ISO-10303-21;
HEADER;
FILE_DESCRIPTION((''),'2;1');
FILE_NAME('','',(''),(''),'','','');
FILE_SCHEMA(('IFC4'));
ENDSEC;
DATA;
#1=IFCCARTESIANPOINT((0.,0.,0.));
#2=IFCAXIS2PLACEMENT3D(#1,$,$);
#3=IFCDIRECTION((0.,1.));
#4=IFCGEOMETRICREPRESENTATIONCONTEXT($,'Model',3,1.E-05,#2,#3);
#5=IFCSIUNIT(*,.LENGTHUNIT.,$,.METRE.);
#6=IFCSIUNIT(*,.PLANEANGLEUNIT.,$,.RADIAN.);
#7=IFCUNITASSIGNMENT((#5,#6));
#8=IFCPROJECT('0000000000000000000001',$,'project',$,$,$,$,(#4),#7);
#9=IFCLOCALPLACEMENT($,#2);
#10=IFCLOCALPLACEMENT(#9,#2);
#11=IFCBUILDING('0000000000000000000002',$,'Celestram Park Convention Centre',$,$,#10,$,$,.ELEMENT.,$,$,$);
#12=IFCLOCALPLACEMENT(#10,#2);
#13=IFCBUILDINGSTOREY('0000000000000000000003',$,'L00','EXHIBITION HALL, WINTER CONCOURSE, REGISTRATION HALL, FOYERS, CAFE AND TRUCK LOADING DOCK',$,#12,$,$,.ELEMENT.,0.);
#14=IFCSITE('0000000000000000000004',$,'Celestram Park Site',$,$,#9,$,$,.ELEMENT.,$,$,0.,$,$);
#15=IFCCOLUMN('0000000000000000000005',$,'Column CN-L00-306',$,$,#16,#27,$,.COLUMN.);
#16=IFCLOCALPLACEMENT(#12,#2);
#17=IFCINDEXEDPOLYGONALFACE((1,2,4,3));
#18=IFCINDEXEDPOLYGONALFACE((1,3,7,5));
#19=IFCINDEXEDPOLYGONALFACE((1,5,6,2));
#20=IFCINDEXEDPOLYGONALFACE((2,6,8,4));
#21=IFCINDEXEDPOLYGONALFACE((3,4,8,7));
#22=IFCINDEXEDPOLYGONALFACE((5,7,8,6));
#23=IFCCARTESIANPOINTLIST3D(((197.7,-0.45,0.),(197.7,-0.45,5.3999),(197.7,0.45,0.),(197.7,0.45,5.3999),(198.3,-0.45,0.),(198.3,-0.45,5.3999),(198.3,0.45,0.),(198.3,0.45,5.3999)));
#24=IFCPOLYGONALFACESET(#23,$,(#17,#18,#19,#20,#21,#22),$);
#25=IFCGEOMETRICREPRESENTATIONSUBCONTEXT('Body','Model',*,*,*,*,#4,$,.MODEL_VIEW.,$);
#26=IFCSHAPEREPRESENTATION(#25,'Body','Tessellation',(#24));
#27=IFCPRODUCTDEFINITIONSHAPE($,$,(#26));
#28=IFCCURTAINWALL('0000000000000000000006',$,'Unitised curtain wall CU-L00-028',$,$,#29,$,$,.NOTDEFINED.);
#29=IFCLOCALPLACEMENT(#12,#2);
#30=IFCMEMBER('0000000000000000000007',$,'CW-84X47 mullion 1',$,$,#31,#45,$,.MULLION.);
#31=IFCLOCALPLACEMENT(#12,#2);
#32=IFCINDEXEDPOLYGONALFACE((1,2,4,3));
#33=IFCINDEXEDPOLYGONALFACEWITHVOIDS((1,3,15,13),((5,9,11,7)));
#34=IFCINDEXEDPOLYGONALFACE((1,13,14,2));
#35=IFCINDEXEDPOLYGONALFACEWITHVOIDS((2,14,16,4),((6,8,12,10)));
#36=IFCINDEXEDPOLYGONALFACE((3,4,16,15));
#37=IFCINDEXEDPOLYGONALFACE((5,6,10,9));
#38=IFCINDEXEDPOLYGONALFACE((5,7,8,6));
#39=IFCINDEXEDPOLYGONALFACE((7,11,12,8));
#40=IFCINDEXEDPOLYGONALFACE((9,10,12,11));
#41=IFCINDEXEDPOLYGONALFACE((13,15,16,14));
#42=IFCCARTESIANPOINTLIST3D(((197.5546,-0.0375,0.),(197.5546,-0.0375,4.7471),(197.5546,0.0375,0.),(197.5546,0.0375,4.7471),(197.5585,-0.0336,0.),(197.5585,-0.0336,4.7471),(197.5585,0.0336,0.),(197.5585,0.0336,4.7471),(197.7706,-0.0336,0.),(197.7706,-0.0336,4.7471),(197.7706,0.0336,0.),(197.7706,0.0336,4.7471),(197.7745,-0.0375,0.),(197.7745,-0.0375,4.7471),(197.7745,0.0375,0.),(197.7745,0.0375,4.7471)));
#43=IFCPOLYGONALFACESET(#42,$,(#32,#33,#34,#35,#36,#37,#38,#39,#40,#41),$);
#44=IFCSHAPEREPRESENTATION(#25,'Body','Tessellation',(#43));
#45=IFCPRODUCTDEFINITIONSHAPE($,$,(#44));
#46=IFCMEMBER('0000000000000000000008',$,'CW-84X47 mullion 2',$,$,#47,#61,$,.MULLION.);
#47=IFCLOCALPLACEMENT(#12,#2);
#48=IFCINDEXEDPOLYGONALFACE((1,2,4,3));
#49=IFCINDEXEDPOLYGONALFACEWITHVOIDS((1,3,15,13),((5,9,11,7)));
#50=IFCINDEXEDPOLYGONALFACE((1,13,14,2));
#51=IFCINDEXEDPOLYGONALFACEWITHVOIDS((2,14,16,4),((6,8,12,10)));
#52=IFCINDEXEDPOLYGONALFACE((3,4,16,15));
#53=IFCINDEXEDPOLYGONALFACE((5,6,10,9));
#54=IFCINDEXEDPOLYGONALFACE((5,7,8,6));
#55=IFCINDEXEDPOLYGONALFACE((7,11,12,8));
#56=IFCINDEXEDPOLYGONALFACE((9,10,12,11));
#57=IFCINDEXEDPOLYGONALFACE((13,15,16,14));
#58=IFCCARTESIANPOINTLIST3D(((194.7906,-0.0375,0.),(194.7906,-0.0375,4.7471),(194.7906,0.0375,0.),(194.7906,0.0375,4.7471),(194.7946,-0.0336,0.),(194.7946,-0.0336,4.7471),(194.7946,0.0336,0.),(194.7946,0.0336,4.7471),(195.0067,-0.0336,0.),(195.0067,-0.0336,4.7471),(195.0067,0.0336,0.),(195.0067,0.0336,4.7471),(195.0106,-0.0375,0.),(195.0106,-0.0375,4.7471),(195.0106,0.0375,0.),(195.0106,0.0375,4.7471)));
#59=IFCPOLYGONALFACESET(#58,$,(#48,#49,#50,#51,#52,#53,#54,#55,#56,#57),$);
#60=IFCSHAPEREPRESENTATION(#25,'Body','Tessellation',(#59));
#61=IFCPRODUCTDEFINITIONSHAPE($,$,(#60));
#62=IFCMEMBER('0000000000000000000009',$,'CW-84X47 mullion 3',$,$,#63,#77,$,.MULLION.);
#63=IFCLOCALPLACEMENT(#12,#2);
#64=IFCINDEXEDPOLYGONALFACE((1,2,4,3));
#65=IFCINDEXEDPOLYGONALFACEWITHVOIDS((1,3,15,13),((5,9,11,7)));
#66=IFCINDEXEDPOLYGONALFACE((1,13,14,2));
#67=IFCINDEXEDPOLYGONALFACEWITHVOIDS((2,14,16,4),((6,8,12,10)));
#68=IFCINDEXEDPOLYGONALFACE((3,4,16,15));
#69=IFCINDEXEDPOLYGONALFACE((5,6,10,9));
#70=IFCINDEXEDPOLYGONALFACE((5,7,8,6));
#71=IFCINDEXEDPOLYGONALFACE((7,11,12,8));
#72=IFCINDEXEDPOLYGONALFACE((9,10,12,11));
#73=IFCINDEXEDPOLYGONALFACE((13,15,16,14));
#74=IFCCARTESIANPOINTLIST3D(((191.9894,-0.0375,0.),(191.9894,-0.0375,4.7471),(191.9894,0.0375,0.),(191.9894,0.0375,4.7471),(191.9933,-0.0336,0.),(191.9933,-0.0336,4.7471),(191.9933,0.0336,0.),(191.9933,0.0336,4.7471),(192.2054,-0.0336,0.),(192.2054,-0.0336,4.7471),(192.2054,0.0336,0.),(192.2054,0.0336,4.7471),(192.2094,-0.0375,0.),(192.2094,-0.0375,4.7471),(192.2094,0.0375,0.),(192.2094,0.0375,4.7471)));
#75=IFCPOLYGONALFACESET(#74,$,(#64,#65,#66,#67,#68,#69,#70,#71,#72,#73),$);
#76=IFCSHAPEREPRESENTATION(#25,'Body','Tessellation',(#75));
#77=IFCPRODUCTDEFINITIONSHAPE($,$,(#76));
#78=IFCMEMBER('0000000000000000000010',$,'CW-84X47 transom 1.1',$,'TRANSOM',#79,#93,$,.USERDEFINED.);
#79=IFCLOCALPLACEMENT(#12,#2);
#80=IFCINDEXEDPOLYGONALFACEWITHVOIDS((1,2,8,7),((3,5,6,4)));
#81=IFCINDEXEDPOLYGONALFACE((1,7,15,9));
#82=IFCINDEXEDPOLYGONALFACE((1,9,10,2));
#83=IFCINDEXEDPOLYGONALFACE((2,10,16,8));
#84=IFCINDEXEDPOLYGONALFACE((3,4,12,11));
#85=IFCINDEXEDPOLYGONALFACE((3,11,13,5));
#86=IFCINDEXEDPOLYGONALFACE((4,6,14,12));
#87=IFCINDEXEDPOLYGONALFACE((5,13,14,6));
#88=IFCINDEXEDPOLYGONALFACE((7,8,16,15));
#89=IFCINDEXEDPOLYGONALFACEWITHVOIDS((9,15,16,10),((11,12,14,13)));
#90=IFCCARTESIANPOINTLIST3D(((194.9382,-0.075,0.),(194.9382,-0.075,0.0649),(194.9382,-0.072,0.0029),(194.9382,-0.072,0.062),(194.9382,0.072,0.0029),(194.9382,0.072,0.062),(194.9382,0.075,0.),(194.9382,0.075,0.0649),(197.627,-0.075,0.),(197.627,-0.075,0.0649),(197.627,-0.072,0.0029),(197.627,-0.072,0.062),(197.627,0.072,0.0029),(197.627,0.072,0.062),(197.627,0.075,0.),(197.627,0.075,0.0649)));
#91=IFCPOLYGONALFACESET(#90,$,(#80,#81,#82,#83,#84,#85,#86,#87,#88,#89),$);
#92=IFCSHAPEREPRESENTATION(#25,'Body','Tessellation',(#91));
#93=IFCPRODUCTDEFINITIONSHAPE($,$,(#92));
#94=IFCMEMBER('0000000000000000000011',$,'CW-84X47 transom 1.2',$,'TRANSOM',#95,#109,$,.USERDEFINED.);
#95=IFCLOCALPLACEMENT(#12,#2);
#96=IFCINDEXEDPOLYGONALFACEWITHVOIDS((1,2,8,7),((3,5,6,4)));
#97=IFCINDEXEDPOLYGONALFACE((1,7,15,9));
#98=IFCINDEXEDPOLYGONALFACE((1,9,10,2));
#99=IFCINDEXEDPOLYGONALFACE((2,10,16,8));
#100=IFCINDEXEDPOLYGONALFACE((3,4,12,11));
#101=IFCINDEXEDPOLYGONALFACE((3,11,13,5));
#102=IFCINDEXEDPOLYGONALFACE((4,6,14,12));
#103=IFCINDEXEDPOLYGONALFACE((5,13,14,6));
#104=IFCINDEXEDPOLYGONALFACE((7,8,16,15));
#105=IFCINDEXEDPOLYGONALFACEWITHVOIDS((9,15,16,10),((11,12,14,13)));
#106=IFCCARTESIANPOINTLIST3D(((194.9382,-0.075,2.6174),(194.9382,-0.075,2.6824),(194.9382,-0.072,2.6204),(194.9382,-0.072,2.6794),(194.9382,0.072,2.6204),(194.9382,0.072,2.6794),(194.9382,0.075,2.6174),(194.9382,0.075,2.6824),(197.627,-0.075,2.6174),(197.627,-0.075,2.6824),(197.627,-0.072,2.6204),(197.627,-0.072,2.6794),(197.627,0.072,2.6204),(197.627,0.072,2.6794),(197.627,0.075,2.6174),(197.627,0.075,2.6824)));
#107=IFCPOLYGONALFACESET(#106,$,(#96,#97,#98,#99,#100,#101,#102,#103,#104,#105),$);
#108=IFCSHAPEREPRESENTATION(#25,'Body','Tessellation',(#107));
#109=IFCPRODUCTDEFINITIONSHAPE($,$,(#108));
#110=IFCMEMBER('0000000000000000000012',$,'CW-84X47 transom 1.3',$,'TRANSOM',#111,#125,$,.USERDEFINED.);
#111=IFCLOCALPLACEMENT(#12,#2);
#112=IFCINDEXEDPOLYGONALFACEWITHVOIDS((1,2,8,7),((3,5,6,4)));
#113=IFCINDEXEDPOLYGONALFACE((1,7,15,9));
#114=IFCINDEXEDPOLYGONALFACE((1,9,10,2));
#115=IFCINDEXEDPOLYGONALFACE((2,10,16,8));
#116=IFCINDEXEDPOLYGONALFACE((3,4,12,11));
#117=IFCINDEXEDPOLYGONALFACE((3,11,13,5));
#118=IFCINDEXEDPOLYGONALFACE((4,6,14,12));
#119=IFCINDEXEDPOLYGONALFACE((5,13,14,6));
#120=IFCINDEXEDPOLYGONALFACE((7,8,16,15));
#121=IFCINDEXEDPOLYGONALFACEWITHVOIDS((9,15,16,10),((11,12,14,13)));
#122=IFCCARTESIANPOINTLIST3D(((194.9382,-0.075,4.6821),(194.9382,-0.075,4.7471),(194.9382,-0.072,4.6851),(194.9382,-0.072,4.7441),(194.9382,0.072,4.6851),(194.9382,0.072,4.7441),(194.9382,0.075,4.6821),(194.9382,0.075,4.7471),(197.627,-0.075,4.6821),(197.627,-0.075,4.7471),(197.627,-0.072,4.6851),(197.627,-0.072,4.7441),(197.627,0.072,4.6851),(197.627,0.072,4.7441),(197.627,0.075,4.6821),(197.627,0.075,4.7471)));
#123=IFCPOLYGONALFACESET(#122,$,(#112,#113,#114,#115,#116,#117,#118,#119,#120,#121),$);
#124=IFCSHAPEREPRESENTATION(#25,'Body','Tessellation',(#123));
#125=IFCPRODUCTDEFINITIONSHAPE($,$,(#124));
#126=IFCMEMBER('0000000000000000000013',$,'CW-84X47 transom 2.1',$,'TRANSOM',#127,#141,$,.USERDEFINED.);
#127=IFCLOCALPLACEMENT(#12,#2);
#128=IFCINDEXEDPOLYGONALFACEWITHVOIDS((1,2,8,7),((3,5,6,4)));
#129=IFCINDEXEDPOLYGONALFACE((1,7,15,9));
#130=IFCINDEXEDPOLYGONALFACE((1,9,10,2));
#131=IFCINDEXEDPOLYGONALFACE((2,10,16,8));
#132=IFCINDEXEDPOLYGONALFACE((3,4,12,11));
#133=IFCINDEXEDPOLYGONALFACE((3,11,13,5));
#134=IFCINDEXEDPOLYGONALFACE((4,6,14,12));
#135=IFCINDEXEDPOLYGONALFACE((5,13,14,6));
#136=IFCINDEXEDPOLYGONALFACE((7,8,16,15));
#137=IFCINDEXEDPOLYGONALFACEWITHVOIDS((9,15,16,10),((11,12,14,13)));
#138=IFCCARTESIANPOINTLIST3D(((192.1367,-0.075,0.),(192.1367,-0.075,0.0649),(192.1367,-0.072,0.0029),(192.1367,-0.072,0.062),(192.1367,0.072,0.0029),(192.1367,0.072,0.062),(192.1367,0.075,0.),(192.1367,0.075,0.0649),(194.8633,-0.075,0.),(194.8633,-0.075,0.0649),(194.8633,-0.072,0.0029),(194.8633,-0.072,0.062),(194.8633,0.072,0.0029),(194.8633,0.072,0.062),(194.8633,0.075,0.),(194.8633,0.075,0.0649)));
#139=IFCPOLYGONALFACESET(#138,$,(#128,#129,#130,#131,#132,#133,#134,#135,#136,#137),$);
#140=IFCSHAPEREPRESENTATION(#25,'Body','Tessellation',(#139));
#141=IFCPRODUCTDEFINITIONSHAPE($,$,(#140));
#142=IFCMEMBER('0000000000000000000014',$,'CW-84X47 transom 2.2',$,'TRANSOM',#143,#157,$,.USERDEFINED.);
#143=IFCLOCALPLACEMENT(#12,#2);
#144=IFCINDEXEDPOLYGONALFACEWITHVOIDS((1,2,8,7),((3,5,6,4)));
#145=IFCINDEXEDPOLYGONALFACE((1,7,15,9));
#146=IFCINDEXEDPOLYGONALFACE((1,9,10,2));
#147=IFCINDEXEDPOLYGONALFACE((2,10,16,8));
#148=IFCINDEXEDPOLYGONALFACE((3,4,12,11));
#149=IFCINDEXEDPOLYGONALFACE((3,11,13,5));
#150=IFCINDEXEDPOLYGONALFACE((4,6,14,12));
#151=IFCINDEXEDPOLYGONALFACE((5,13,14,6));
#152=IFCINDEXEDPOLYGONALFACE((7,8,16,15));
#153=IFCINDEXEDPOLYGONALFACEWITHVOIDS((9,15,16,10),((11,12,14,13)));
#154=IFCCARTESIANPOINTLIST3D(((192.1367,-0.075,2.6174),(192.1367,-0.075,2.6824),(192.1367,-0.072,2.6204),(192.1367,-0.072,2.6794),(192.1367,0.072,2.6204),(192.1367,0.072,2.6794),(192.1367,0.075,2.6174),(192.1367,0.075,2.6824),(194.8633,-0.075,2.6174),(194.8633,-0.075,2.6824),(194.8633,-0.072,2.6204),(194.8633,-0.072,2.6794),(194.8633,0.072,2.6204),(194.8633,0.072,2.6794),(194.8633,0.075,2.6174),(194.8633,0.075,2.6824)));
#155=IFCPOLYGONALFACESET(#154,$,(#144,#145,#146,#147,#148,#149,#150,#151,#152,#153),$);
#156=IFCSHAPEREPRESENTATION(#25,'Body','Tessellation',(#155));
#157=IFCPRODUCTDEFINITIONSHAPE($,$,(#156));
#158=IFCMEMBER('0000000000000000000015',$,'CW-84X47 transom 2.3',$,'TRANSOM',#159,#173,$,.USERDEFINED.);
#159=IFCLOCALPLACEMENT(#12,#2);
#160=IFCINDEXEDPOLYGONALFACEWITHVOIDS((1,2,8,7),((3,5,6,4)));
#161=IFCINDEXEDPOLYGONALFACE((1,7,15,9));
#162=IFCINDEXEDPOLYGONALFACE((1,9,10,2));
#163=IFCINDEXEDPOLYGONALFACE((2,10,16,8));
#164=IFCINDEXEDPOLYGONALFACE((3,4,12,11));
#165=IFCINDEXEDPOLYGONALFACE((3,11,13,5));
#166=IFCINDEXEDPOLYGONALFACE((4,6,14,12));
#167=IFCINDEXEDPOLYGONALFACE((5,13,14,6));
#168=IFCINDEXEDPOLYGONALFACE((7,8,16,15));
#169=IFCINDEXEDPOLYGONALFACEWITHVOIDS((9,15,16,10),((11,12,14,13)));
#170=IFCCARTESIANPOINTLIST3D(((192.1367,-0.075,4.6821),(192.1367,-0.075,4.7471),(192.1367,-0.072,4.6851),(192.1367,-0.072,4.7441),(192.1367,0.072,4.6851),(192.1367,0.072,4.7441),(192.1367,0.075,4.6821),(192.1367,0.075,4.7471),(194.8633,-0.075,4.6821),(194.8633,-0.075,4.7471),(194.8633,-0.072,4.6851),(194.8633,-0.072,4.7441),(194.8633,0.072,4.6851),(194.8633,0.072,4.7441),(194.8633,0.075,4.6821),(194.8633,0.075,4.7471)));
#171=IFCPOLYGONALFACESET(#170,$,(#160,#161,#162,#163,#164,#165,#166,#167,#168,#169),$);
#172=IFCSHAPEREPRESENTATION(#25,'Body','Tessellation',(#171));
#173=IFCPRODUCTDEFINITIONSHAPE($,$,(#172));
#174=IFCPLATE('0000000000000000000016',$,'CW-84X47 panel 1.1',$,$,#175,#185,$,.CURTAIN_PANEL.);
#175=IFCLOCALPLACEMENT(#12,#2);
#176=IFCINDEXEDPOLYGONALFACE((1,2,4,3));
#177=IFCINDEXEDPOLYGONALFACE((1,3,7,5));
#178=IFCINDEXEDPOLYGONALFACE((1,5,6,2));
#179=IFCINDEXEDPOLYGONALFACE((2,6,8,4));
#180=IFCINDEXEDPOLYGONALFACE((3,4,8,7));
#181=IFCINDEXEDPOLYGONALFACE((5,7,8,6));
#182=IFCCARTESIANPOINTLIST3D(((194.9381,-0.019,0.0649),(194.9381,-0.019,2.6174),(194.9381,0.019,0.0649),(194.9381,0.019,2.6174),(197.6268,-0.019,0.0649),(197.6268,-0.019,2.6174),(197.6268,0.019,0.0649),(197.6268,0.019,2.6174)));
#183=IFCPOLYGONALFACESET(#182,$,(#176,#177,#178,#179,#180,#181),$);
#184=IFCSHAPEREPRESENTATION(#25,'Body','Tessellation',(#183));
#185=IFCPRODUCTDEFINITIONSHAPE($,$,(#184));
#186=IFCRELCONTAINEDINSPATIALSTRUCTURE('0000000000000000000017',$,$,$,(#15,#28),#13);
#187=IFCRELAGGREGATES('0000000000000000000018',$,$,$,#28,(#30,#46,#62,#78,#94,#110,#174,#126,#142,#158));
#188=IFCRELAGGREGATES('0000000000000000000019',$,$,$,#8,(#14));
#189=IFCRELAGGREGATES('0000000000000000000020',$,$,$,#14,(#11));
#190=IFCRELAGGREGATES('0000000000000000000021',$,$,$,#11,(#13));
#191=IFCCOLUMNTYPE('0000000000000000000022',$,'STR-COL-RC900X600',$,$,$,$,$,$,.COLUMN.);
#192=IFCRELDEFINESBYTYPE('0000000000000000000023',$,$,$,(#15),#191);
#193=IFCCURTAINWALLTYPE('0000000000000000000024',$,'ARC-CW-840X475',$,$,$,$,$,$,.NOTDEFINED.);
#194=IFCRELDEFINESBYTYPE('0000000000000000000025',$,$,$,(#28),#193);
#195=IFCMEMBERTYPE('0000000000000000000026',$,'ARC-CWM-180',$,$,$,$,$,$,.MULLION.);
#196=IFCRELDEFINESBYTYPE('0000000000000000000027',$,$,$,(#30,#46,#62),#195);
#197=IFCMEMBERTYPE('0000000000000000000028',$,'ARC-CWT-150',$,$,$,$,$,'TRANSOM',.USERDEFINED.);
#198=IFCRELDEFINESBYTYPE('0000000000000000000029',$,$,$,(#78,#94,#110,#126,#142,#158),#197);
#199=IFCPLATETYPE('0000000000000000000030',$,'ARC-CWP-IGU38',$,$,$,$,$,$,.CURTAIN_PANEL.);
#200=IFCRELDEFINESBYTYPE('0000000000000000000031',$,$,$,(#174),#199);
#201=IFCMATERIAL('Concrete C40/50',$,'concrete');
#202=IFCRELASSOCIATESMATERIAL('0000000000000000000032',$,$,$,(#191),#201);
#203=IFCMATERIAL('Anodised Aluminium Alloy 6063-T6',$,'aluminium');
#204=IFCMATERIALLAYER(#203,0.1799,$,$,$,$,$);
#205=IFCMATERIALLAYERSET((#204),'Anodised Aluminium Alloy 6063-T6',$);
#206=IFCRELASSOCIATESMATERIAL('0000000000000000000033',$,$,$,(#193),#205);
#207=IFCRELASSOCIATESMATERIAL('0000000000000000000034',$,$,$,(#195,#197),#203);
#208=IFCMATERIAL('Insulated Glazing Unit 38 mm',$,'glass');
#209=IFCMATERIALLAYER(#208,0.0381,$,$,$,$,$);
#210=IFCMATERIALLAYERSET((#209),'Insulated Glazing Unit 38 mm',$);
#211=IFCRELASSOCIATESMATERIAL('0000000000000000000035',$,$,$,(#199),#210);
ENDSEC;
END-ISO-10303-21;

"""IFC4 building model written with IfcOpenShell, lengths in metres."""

from ifc_helpers import new_model, si_unit, direction, frame, origin, origin_2d, place, context, subcontext, project, spatial, rectangle, hollow_rectangle, extrude, material, layer, layer_set, material_profile, profile_set, type_object, element, aggregate, save


model = new_model("IFC4")

# Units and contexts
model_context = context("Model", 3, precision=1e-05, world=origin(), true_north=direction((0.0, 1.0)))
body_context = subcontext(model_context, "Body", "Model", "MODEL_VIEW")
ifc_project = project(units=[si_unit("LENGTHUNIT", "METRE"), si_unit("PLANEANGLEUNIT", "RADIAN")], contexts=[model_context])

# Site, building, storey
site_placement = place(None, origin())
site = spatial("IfcSite", under=ifc_project, at=site_placement, Name="Celestram Park Site", CompositionType="ELEMENT", RefElevation=0.0)
building_placement = place(site_placement, origin())
building = spatial("IfcBuilding", under=site, at=building_placement, Name="Celestram Park Convention Centre", CompositionType="ELEMENT")
storey_placement = place(building_placement, origin())
storey = spatial("IfcBuildingStorey", under=building, at=storey_placement, Name="L00", Description="EXHIBITION HALL, WINTER CONCOURSE, REGISTRATION HALL, FOYERS, CAFE AND TRUCK LOADING DOCK", CompositionType="ELEMENT", Elevation=0.0)

# Column
ifc_material_1 = material(Name="Concrete C40/50", Category="concrete")
ifc_material_profile_1 = material_profile(ifc_material_1, rectangle(XDim=0.6001, YDim=0.8999, at=origin_2d()), Name="RC900X600")
ifc_profile_set_1 = profile_set([ifc_material_profile_1], Name="Concrete C40/50")
column_type = type_object("IfcColumnType", Name="STR-COL-RC900X600", PredefinedType="COLUMN", material=ifc_profile_set_1)
column_placement = place(storey_placement, frame((198.0, 0.0, 0.0), z_axis=(0.0, 0.0, 1.0), x_axis=(1.0, 0.0, 0.0)))
element("IfcColumn", 1, at=column_placement, inside=storey, type_object=column_type, Name="Column CN-L00-306", PredefinedType="COLUMN", context=body_context, shape_type="SweptSolid", body=[
    extrude(rectangle(XDim=0.6001, YDim=0.8999, at=origin_2d()), origin(), (0.0, 0.0, 1.0), 5.3999),
])

# Curtain wall, members, plate
ifc_material_2 = material(Name="Anodised Aluminium Alloy 6063-T6", Category="aluminium")
ifc_layer_1 = layer(ifc_material_2, 0.1799)
ifc_layer_set_1 = layer_set([ifc_layer_1], Name="Anodised Aluminium Alloy 6063-T6")
curtain_wall_type = type_object("IfcCurtainWallType", Name="ARC-CW-840X475", PredefinedType="NOTDEFINED", material=ifc_layer_set_1)
curtain_wall_placement = place(storey_placement, origin())
curtain_wall = element("IfcCurtainWall", 2, at=curtain_wall_placement, inside=storey, type_object=curtain_wall_type, Name="Unitised curtain wall CU-L00-028", PredefinedType="NOTDEFINED")
ifc_material_profile_2 = material_profile(ifc_material_2, hollow_rectangle(XDim=0.075, YDim=0.22, WallThickness=0.0039, at=origin_2d()), Name="ALU75X220X4")
ifc_profile_set_2 = profile_set([ifc_material_profile_2], Name="Anodised Aluminium Alloy 6063-T6")
member_type_1 = type_object("IfcMemberType", Name="ARC-CWM-180", PredefinedType="MULLION", material=ifc_profile_set_2)
member_1_placement = place(storey_placement, frame((197.6646, 0.0, 0.0), z_axis=(0.0, 0.0, 1.0), x_axis=(0.0, -1.0, 0.0)))
member_1 = element("IfcMember", 3, at=member_1_placement, type_object=member_type_1, Name="CW-84X47 mullion 1", PredefinedType="MULLION", context=body_context, shape_type="SweptSolid", body=[
    extrude(hollow_rectangle(XDim=0.075, YDim=0.22, WallThickness=0.0039, at=origin_2d()), origin(), (0.0, 0.0, 1.0), 4.7471),
])
member_2_placement = place(storey_placement, frame((194.9006, 0.0, 0.0), z_axis=(0.0, 0.0, 1.0), x_axis=(0.0, -1.0, 0.0)))
member_2 = element("IfcMember", 4, at=member_2_placement, type_object=member_type_1, Name="CW-84X47 mullion 2", PredefinedType="MULLION", context=body_context, shape_type="SweptSolid", body=[
    extrude(hollow_rectangle(XDim=0.075, YDim=0.22, WallThickness=0.0039, at=origin_2d()), origin(), (0.0, 0.0, 1.0), 4.7471),
])
member_3_placement = place(storey_placement, frame((192.0994, 0.0, 0.0), z_axis=(0.0, 0.0, 1.0), x_axis=(0.0, -1.0, 0.0)))
member_3 = element("IfcMember", 5, at=member_3_placement, type_object=member_type_1, Name="CW-84X47 mullion 3", PredefinedType="MULLION", context=body_context, shape_type="SweptSolid", body=[
    extrude(hollow_rectangle(XDim=0.075, YDim=0.22, WallThickness=0.0039, at=origin_2d()), origin(), (0.0, 0.0, 1.0), 4.7471),
])
ifc_material_profile_3 = material_profile(ifc_material_2, hollow_rectangle(XDim=0.1499, YDim=0.0649, WallThickness=0.0029, at=origin_2d()), Name="ALU150X65X3")
ifc_profile_set_3 = profile_set([ifc_material_profile_3], Name="Anodised Aluminium Alloy 6063-T6")
member_type_2 = type_object("IfcMemberType", Name="ARC-CWT-150", ElementType="TRANSOM", PredefinedType="USERDEFINED", material=ifc_profile_set_3)
member_4_placement = place(storey_placement, frame((197.627, 0.0, 0.0325), z_axis=(-1.0, 0.0, 0.0), x_axis=(0.0, -1.0, 0.0)))
member_4 = element("IfcMember", 6, at=member_4_placement, type_object=member_type_2, Name="CW-84X47 transom 1.1", ObjectType="TRANSOM", PredefinedType="USERDEFINED", context=body_context, shape_type="SweptSolid", body=[
    extrude(hollow_rectangle(XDim=0.1499, YDim=0.0649, WallThickness=0.0029, at=origin_2d()), origin(), (0.0, 0.0, 1.0), 2.6887),
])
member_5_placement = place(storey_placement, frame((197.627, 0.0, 2.6499), z_axis=(-1.0, 0.0, 0.0), x_axis=(0.0, -1.0, 0.0)))
member_5 = element("IfcMember", 7, at=member_5_placement, type_object=member_type_2, Name="CW-84X47 transom 1.2", ObjectType="TRANSOM", PredefinedType="USERDEFINED", context=body_context, shape_type="SweptSolid", body=[
    extrude(hollow_rectangle(XDim=0.1499, YDim=0.0649, WallThickness=0.0029, at=origin_2d()), origin(), (0.0, 0.0, 1.0), 2.6887),
])
member_6_placement = place(storey_placement, frame((197.627, 0.0, 4.7146), z_axis=(-1.0, 0.0, 0.0), x_axis=(0.0, -1.0, 0.0)))
member_6 = element("IfcMember", 8, at=member_6_placement, type_object=member_type_2, Name="CW-84X47 transom 1.3", ObjectType="TRANSOM", PredefinedType="USERDEFINED", context=body_context, shape_type="SweptSolid", body=[
    extrude(hollow_rectangle(XDim=0.1499, YDim=0.0649, WallThickness=0.0029, at=origin_2d()), origin(), (0.0, 0.0, 1.0), 2.6887),
])
member_7_placement = place(storey_placement, frame((194.8633, 0.0, 0.0325), z_axis=(-1.0, 0.0, 0.0), x_axis=(0.0, -1.0, 0.0)))
member_7 = element("IfcMember", 9, at=member_7_placement, type_object=member_type_2, Name="CW-84X47 transom 2.1", ObjectType="TRANSOM", PredefinedType="USERDEFINED", context=body_context, shape_type="SweptSolid", body=[
    extrude(hollow_rectangle(XDim=0.1499, YDim=0.0649, WallThickness=0.0029, at=origin_2d()), origin(), (0.0, 0.0, 1.0), 2.7266),
])
member_8_placement = place(storey_placement, frame((194.8633, 0.0, 2.6499), z_axis=(-1.0, 0.0, 0.0), x_axis=(0.0, -1.0, 0.0)))
member_8 = element("IfcMember", 10, at=member_8_placement, type_object=member_type_2, Name="CW-84X47 transom 2.2", ObjectType="TRANSOM", PredefinedType="USERDEFINED", context=body_context, shape_type="SweptSolid", body=[
    extrude(hollow_rectangle(XDim=0.1499, YDim=0.0649, WallThickness=0.0029, at=origin_2d()), origin(), (0.0, 0.0, 1.0), 2.7266),
])
member_9_placement = place(storey_placement, frame((194.8633, 0.0, 4.7146), z_axis=(-1.0, 0.0, 0.0), x_axis=(0.0, -1.0, 0.0)))
member_9 = element("IfcMember", 11, at=member_9_placement, type_object=member_type_2, Name="CW-84X47 transom 2.3", ObjectType="TRANSOM", PredefinedType="USERDEFINED", context=body_context, shape_type="SweptSolid", body=[
    extrude(hollow_rectangle(XDim=0.1499, YDim=0.0649, WallThickness=0.0029, at=origin_2d()), origin(), (0.0, 0.0, 1.0), 2.7266),
])
ifc_material_3 = material(Name="Insulated Glazing Unit 38 mm", Category="glass")
ifc_layer_2 = layer(ifc_material_3, 0.0381)
ifc_layer_set_2 = layer_set([ifc_layer_2], Name="Insulated Glazing Unit 38 mm")
plate_type = type_object("IfcPlateType", Name="ARC-CWP-IGU38", PredefinedType="CURTAIN_PANEL", material=ifc_layer_set_2)
plate_1_placement = place(storey_placement, frame((196.2825, 0.0, 0.0649), z_axis=(0.0, 0.0, 1.0), x_axis=(-1.0, 0.0, 0.0)))
plate_1 = element("IfcPlate", 12, at=plate_1_placement, type_object=plate_type, Name="CW-84X47 panel 1.1", PredefinedType="CURTAIN_PANEL", context=body_context, shape_type="SweptSolid", body=[
    extrude(rectangle(XDim=2.6887, YDim=0.0381, at=origin_2d()), origin(), (0.0, 0.0, 1.0), 2.5525),
])
aggregate(curtain_wall, [member_1, member_2, member_3, member_4, member_5, member_6, plate_1, member_7, member_8, member_9])

save(model, "model.ifc")
